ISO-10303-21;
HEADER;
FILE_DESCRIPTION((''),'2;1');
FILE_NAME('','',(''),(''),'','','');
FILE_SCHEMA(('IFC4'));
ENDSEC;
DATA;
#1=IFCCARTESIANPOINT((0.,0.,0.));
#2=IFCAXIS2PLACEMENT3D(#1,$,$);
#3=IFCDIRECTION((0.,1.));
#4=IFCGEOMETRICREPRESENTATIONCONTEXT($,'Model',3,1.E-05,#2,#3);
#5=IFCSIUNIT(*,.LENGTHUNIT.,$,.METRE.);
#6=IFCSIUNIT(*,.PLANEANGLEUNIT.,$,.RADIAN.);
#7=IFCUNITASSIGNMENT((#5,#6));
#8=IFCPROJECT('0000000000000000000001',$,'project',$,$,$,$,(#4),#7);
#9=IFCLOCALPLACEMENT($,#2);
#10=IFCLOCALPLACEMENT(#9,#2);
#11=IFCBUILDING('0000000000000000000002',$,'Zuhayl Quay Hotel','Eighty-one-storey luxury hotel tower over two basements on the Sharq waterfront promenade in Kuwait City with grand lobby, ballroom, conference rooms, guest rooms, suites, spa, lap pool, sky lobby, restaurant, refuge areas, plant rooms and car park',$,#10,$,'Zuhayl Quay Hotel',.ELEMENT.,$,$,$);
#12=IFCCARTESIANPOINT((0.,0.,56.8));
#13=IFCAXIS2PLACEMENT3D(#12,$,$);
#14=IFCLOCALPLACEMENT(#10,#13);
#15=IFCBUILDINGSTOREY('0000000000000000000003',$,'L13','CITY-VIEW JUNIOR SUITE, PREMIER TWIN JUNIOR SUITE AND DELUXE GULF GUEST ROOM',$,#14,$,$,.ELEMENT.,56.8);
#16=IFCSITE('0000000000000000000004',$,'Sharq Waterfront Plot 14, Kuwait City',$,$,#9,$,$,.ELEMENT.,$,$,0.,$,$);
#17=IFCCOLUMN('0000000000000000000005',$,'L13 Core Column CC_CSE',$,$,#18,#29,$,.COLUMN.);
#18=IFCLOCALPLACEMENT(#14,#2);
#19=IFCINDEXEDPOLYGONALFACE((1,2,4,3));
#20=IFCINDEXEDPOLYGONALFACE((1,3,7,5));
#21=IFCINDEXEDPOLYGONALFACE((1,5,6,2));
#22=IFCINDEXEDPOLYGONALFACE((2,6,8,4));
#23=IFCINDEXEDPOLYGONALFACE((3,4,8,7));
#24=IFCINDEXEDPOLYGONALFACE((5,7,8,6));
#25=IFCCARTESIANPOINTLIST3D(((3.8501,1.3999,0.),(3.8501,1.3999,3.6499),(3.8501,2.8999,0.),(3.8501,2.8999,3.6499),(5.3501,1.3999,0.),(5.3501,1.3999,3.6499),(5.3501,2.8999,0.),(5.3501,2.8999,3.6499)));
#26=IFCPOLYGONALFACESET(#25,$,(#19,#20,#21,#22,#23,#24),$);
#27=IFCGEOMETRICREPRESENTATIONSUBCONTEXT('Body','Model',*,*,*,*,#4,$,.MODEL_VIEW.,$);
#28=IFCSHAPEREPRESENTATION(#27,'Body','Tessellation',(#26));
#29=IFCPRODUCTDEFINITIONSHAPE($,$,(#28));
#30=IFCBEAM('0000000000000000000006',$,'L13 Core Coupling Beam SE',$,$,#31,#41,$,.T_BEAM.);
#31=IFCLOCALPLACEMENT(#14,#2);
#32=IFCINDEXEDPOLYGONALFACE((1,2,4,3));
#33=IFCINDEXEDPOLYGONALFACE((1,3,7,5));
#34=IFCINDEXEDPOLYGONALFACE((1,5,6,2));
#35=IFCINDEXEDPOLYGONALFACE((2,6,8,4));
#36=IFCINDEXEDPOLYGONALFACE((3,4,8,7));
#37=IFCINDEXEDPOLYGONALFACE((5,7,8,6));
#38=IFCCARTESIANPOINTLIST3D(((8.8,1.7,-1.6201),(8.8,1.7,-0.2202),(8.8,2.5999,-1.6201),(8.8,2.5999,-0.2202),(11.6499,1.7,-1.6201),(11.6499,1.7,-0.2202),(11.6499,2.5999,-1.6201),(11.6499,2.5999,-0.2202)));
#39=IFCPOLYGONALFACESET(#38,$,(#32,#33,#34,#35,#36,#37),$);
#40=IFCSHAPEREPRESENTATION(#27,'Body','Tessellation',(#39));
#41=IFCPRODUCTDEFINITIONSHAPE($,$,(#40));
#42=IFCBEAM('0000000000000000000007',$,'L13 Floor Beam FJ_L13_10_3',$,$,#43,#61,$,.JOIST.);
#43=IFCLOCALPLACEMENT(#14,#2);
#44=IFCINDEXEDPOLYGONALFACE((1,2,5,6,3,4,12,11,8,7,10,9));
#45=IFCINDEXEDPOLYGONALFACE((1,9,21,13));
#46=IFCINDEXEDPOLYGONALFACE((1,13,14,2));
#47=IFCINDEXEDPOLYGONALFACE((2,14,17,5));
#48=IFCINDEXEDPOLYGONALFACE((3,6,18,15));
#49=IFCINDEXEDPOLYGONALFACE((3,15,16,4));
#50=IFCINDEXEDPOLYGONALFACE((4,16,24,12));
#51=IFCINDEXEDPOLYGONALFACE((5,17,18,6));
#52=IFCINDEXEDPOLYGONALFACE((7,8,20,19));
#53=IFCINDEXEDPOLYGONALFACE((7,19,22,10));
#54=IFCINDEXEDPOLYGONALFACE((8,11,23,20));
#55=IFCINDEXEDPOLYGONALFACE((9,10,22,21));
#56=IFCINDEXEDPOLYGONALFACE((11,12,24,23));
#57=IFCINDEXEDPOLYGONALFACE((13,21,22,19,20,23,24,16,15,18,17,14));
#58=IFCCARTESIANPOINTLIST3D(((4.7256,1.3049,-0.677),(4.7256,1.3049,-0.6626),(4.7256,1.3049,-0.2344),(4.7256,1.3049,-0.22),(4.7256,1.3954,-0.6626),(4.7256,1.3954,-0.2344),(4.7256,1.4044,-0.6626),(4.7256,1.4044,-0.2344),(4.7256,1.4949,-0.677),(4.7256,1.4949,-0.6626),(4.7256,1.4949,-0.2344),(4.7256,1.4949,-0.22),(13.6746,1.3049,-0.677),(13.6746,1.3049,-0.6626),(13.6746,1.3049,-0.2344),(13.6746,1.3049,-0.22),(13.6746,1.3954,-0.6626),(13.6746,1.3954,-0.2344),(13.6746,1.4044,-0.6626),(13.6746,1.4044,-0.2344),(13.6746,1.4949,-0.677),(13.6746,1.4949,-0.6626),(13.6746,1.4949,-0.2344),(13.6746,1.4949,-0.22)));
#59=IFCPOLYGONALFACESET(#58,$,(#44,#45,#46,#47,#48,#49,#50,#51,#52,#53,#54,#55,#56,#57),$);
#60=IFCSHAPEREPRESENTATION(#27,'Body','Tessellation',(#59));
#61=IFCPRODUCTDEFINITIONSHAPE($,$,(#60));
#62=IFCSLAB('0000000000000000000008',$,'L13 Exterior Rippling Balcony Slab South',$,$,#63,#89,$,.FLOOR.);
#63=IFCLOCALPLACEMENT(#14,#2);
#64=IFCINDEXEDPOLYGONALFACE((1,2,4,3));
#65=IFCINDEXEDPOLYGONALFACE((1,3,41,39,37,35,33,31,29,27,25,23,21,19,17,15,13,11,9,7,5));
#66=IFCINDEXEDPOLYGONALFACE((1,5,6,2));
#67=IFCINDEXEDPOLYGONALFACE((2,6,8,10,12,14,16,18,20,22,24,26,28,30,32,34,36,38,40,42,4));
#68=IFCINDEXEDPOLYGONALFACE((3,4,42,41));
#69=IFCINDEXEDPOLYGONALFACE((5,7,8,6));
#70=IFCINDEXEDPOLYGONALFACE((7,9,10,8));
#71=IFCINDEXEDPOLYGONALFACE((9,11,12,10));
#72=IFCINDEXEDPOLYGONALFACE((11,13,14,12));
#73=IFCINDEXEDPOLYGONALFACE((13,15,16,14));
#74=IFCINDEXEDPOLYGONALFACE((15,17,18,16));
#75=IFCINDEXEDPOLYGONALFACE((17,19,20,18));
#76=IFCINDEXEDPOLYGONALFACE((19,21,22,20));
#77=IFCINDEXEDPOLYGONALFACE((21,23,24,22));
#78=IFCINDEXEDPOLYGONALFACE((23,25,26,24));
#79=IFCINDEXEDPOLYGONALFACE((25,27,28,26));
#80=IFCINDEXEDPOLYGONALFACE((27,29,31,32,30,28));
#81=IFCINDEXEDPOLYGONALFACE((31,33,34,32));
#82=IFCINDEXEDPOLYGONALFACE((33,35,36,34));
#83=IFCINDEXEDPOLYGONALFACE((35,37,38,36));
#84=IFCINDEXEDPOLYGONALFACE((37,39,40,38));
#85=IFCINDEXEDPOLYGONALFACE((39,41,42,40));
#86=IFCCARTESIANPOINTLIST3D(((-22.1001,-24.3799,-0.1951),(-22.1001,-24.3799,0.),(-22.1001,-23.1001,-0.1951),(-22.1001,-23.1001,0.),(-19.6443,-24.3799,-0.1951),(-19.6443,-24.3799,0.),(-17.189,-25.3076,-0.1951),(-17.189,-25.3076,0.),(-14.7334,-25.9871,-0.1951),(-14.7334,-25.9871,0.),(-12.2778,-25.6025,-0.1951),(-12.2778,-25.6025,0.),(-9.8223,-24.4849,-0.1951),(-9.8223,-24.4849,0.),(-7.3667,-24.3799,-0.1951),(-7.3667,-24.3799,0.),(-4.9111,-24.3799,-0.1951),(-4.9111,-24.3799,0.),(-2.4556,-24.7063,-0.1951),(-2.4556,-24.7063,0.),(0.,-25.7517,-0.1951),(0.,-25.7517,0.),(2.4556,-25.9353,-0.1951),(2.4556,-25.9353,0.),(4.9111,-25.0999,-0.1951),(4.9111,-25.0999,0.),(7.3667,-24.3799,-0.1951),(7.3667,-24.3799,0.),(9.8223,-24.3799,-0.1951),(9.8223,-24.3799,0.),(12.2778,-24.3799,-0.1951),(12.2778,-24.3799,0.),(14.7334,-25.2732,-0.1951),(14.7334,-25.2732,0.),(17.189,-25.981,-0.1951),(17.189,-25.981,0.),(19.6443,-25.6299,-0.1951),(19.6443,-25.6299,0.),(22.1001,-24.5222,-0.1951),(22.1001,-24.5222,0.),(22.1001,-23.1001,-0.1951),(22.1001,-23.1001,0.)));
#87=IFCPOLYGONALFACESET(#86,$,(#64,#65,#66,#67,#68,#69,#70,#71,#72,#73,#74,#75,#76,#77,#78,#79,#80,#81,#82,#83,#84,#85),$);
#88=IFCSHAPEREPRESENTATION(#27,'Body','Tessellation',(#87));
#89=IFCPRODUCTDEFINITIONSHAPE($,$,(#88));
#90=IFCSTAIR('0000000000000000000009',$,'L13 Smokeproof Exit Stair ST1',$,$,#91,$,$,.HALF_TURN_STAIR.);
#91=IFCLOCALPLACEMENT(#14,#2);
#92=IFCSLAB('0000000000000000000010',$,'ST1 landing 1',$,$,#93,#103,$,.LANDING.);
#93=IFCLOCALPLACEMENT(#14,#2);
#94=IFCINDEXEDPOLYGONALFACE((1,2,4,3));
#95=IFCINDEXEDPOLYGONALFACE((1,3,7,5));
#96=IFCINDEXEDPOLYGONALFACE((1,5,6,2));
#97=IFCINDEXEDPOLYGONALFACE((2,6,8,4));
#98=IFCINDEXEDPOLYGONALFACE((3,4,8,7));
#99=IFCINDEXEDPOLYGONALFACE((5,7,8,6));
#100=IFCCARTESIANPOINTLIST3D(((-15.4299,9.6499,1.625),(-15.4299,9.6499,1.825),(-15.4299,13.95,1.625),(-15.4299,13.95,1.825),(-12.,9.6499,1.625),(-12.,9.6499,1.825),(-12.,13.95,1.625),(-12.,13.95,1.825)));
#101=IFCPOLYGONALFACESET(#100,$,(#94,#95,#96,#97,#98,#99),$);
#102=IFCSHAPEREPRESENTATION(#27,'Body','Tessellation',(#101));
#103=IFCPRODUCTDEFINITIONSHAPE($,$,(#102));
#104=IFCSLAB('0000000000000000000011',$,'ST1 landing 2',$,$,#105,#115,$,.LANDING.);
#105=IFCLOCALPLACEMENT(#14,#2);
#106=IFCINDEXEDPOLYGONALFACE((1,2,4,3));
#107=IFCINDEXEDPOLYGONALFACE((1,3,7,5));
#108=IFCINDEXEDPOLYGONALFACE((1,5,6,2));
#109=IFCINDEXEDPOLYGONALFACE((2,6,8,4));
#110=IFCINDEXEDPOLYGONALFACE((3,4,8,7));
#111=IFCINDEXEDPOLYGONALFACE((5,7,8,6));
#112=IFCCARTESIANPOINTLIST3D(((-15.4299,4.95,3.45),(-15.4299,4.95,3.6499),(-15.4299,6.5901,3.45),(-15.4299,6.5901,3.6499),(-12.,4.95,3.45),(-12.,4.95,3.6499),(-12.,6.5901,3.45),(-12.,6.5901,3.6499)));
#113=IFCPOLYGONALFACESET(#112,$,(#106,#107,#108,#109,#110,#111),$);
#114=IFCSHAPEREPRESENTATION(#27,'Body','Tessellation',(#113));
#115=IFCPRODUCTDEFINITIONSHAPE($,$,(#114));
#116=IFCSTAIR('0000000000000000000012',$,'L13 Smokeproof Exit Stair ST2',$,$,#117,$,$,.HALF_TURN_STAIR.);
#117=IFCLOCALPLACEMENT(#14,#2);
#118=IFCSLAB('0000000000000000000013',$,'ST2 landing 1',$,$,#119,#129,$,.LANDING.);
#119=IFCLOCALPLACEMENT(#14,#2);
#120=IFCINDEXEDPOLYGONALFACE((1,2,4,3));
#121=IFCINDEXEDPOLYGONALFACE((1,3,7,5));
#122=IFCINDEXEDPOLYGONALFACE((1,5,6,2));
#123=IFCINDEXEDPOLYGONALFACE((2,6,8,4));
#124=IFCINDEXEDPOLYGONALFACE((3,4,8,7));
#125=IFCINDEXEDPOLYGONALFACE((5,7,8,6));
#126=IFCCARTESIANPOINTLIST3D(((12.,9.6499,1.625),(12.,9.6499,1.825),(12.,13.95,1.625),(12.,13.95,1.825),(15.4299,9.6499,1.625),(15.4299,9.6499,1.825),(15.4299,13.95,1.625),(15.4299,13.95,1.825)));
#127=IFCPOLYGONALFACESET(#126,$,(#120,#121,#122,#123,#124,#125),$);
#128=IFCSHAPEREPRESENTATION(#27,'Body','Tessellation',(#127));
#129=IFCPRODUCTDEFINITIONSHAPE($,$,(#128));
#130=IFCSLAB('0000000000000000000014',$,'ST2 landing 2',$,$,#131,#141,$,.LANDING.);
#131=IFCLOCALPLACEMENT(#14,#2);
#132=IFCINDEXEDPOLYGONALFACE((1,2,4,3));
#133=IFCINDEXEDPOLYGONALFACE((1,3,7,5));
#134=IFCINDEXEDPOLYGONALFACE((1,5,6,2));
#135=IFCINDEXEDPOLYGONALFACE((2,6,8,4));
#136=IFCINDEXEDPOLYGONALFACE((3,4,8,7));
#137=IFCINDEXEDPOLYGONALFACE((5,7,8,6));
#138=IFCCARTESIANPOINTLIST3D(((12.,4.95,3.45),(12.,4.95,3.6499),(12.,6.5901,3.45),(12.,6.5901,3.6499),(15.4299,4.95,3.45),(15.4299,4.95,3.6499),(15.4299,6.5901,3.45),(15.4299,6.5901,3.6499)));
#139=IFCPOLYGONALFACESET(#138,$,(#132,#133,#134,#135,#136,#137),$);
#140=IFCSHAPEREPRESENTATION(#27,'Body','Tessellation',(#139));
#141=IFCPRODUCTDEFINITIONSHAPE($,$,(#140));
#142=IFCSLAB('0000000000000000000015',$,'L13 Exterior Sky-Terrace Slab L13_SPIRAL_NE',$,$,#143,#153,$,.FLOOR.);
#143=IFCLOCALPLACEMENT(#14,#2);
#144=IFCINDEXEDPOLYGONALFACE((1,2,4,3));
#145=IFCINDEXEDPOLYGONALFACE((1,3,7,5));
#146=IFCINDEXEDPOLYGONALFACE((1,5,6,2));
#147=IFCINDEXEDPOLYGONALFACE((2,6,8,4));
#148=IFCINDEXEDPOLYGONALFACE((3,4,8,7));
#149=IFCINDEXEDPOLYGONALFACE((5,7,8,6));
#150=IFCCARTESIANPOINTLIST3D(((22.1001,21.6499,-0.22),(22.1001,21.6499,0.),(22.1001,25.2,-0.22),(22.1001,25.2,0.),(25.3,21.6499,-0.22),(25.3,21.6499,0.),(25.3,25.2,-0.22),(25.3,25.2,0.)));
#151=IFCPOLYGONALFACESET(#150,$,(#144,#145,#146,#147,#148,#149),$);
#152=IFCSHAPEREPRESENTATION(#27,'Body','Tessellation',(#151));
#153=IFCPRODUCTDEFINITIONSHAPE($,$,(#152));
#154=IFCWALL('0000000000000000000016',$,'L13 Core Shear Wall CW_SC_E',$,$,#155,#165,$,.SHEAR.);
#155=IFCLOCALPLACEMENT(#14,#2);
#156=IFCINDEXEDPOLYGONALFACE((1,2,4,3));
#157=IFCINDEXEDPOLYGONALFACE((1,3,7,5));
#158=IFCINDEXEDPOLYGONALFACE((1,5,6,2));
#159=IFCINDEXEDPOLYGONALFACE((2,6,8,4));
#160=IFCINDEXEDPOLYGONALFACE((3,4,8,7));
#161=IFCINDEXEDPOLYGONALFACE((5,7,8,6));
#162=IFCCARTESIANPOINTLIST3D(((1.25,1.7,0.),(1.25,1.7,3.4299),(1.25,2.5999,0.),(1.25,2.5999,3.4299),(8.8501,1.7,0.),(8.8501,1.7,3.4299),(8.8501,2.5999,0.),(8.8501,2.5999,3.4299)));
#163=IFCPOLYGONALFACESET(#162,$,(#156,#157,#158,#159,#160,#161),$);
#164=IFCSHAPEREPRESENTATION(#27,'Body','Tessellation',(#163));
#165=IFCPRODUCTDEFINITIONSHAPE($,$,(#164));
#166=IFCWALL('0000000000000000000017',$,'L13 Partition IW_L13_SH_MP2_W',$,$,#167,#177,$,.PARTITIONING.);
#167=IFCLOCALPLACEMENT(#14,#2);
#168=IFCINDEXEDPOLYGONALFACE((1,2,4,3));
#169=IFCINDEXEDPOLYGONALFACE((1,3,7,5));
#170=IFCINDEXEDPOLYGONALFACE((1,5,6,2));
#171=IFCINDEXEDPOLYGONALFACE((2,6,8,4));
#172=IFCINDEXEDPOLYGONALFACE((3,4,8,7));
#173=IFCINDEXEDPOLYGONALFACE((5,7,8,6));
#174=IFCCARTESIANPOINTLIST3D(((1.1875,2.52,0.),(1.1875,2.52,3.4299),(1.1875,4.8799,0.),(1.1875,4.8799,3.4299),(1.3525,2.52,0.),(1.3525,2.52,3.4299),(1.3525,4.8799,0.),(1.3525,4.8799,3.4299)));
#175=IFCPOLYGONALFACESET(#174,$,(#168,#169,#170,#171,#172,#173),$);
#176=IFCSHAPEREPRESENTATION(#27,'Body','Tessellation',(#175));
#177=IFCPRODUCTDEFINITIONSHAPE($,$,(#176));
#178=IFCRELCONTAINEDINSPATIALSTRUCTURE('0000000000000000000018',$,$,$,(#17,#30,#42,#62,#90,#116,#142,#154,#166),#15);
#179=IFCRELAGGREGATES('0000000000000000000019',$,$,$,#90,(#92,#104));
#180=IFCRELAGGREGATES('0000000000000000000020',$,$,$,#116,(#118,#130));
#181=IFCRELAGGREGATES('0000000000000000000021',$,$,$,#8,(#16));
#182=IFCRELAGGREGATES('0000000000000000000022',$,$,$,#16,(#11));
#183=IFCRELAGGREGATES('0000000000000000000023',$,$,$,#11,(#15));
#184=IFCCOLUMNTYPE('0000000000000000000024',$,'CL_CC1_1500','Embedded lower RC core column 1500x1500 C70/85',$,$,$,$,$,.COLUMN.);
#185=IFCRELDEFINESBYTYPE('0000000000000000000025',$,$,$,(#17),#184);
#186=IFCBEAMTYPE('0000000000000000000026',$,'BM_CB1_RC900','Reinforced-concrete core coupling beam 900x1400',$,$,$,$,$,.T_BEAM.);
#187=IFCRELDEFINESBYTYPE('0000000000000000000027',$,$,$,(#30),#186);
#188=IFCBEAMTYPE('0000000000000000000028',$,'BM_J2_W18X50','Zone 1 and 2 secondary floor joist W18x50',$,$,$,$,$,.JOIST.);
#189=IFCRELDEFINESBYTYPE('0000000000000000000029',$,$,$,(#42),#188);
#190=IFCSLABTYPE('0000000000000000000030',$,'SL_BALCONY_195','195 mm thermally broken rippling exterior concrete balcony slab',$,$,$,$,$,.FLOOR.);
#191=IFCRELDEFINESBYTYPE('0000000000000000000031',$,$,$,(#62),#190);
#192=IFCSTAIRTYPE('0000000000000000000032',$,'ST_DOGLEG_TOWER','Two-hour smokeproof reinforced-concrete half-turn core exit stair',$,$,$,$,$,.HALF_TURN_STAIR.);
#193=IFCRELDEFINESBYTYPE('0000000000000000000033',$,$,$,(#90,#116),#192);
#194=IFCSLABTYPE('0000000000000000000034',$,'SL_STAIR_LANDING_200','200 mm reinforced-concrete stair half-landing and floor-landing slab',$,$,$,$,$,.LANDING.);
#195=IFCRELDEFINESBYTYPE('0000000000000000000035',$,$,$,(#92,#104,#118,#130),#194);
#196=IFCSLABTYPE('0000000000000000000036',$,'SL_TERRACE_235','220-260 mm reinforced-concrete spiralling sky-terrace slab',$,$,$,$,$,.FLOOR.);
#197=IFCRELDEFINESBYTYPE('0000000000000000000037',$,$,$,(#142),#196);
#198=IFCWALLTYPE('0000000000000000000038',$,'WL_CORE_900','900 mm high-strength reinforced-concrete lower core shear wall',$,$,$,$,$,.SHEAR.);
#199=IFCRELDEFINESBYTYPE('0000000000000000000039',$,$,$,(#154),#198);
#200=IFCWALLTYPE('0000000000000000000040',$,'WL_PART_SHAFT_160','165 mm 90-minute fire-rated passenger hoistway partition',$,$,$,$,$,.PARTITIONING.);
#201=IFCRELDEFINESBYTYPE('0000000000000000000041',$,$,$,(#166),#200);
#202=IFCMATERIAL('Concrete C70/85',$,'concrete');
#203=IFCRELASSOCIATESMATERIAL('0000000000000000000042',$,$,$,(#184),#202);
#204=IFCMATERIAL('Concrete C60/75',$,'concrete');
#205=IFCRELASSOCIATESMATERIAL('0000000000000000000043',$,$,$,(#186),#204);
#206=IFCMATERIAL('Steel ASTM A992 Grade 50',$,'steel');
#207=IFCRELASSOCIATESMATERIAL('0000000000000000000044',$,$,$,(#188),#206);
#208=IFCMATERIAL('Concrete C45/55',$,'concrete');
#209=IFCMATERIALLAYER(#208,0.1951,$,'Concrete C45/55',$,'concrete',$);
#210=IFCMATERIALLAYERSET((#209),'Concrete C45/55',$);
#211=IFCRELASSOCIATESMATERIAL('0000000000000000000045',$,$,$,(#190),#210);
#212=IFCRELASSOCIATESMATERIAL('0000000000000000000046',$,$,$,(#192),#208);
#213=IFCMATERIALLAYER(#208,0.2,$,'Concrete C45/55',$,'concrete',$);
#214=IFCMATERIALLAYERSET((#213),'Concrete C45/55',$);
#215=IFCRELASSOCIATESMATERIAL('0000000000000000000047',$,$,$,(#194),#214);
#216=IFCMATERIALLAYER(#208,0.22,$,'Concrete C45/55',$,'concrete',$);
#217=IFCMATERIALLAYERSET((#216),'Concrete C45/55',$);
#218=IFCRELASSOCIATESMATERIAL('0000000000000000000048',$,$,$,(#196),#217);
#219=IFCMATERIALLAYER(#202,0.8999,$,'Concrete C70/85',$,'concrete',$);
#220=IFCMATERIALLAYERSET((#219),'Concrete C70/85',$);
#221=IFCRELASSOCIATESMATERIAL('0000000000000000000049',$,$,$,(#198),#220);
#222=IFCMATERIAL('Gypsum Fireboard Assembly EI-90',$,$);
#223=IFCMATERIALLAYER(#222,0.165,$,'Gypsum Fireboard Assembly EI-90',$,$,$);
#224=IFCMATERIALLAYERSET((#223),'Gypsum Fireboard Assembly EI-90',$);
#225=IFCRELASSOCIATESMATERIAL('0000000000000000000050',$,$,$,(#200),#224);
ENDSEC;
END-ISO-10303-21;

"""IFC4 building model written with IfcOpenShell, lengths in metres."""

from ifc_helpers import new_model, si_unit, direction, frame, frame_2d, origin, origin_2d, place, context, subcontext, project, spatial, polyline, rectangle, i_section, outline, extrude, material, layer, layer_set, material_profile, profile_set, type_object, element, aggregate, save


model = new_model("IFC4")

# Units and contexts
model_context = context("Model", 3, precision=1e-05, world=origin(), true_north=direction((0.0, 1.0)))
body_context = subcontext(model_context, "Body", "Model", "MODEL_VIEW")
ifc_project = project(units=[si_unit("LENGTHUNIT", "METRE"), si_unit("PLANEANGLEUNIT", "RADIAN")], contexts=[model_context])

# Site, building, storey
site_placement = place(None, origin())
site = spatial("IfcSite", under=ifc_project, at=site_placement, Name="Sharq Waterfront Plot 14, Kuwait City", CompositionType="ELEMENT", RefElevation=0.0)
building_placement = place(site_placement, origin())
building = spatial("IfcBuilding", under=site, at=building_placement, Name="Zuhayl Quay Hotel", Description="Eighty-one-storey luxury hotel tower over two basements on the Sharq waterfront promenade in Kuwait City with grand lobby, ballroom, conference rooms, guest rooms, suites, spa, lap pool, sky lobby, restaurant, refuge areas, plant rooms and car park", LongName="Zuhayl Quay Hotel", CompositionType="ELEMENT")
storey_placement = place(building_placement, frame((0.0, 0.0, 56.8)))
storey = spatial("IfcBuildingStorey", under=building, at=storey_placement, Name="L13", Description="CITY-VIEW JUNIOR SUITE, PREMIER TWIN JUNIOR SUITE AND DELUXE GULF GUEST ROOM", CompositionType="ELEMENT", Elevation=56.8)

# Column
ifc_material_1 = material(Name="Concrete C70/85", Category="concrete")
ifc_material_profile_1 = material_profile(ifc_material_1, rectangle(XDim=1.5, YDim=1.5, at=origin_2d()), Name="RC1500X1500")
ifc_profile_set_1 = profile_set([ifc_material_profile_1], Name="Concrete C70/85")
column_type = type_object("IfcColumnType", Name="CL_CC1_1500", Description="Embedded lower RC core column 1500x1500 C70/85", PredefinedType="COLUMN", material=ifc_profile_set_1)
column_placement = place(storey_placement, frame((4.6001, 2.1499, 0.0), z_axis=(0.0, 0.0, 1.0), x_axis=(1.0, 0.0, 0.0)))
element("IfcColumn", 1, at=column_placement, inside=storey, type_object=column_type, Name="L13 Core Column CC_CSE", PredefinedType="COLUMN", context=body_context, shape_type="SweptSolid", body=[
    extrude(rectangle(XDim=1.5, YDim=1.5, at=origin_2d()), origin(), (0.0, 0.0, 1.0), 3.6499),
])

# Beams
ifc_material_2 = material(Name="Concrete C60/75", Category="concrete")
ifc_material_profile_2 = material_profile(ifc_material_2, rectangle(XDim=0.8999, YDim=1.3999, at=origin_2d()), Name="RC900X1400")
ifc_profile_set_2 = profile_set([ifc_material_profile_2], Name="Concrete C60/75")
beam_type_1 = type_object("IfcBeamType", Name="BM_CB1_RC900", Description="Reinforced-concrete core coupling beam 900x1400", PredefinedType="T_BEAM", material=ifc_profile_set_2)
beam_1_placement = place(storey_placement, frame((8.8, 2.1499, -0.9202), z_axis=(1.0, 0.0, 0.0), x_axis=(0.0, 1.0, 0.0)))
element("IfcBeam", 2, at=beam_1_placement, inside=storey, type_object=beam_type_1, Name="L13 Core Coupling Beam SE", PredefinedType="T_BEAM", context=body_context, shape_type="SweptSolid", body=[
    extrude(rectangle(XDim=0.8999, YDim=1.3999, at=origin_2d()), origin(), (0.0, 0.0, 1.0), 2.8499),
])
ifc_material_3 = material(Name="Steel ASTM A992 Grade 50", Category="steel")
ifc_material_profile_3 = material_profile(ifc_material_3, i_section(OverallWidth=0.1899, OverallDepth=0.457, WebThickness=0.009, FlangeThickness=0.0144, at=origin_2d()), Name="W18X50")
ifc_profile_set_3 = profile_set([ifc_material_profile_3], Name="Steel ASTM A992 Grade 50")
beam_type_2 = type_object("IfcBeamType", Name="BM_J2_W18X50", Description="Zone 1 and 2 secondary floor joist W18x50", PredefinedType="JOIST", material=ifc_profile_set_3)
beam_2_placement = place(storey_placement, frame((4.7256, 1.3999, -0.4485), z_axis=(1.0, 0.0, 0.0), x_axis=(0.0, 1.0, 0.0)))
element("IfcBeam", 3, at=beam_2_placement, inside=storey, type_object=beam_type_2, Name="L13 Floor Beam FJ_L13_10_3", PredefinedType="JOIST", context=body_context, shape_type="SweptSolid", body=[
    extrude(i_section(OverallWidth=0.1899, OverallDepth=0.457, WebThickness=0.009, FlangeThickness=0.0144, at=origin_2d()), origin(), (0.0, 0.0, 1.0), 8.949),
])

# Slab
ifc_material_4 = material(Name="Concrete C45/55", Category="concrete")
ifc_layer_1 = layer(ifc_material_4, 0.1951, Name="Concrete C45/55", Category="concrete")
ifc_layer_set_1 = layer_set([ifc_layer_1], Name="Concrete C45/55")
slab_type_1 = type_object("IfcSlabType", Name="SL_BALCONY_195", Description="195 mm thermally broken rippling exterior concrete balcony slab", PredefinedType="FLOOR", material=ifc_layer_set_1)
slab_1_placement = place(storey_placement, frame((0.0, 0.0, -0.1951)))
element("IfcSlab", 4, at=slab_1_placement, inside=storey, type_object=slab_type_1, Name="L13 Exterior Rippling Balcony Slab South", PredefinedType="FLOOR", context=body_context, shape_type="SweptSolid", body=[
    extrude(outline(polyline([(-22.1001, -24.3799), (-19.6443, -24.3799), (-17.189, -25.3076), (-14.7334, -25.9871), (-12.2778, -25.6025), (-9.8223, -24.4849), (-7.3667, -24.3799), (-4.9111, -24.3799), (-2.4556, -24.7063), (0.0, -25.7517), (2.4556, -25.9353), (4.9111, -25.0999), (7.3667, -24.3799), (9.8223, -24.3799), (12.2778, -24.3799), (14.7334, -25.2732), (17.189, -25.981), (19.6443, -25.6299), (22.1001, -24.5222), (22.1001, -23.1001), (-22.1001, -23.1001), (-22.1001, -24.3799)])), origin(), (0.0, 0.0, 1.0), 0.1951),
])

# Stairs, slabs
stair_type = type_object("IfcStairType", Name="ST_DOGLEG_TOWER", Description="Two-hour smokeproof reinforced-concrete half-turn core exit stair", PredefinedType="HALF_TURN_STAIR", material=ifc_material_4)
stair_1_placement = place(storey_placement, origin())
stair_1 = element("IfcStair", 5, at=stair_1_placement, inside=storey, type_object=stair_type, Name="L13 Smokeproof Exit Stair ST1", PredefinedType="HALF_TURN_STAIR")
ifc_layer_2 = layer(ifc_material_4, 0.2, Name="Concrete C45/55", Category="concrete")
ifc_layer_set_2 = layer_set([ifc_layer_2], Name="Concrete C45/55")
slab_type_2 = type_object("IfcSlabType", Name="SL_STAIR_LANDING_200", Description="200 mm reinforced-concrete stair half-landing and floor-landing slab", PredefinedType="LANDING", material=ifc_layer_set_2)
slab_2_placement = place(storey_placement, frame((0.0, 0.0, 1.625)))
slab_2 = element("IfcSlab", 6, at=slab_2_placement, type_object=slab_type_2, Name="ST1 landing 1", PredefinedType="LANDING", context=body_context, shape_type="SweptSolid", body=[
    extrude(outline(polyline([(-12.0, 9.6499), (-12.0, 13.95), (-15.4299, 13.95), (-15.4299, 9.6499), (-12.0, 9.6499)])), origin(), (0.0, 0.0, 1.0), 0.2),
])
slab_3_placement = place(storey_placement, frame((0.0, 0.0, 3.45)))
slab_3 = element("IfcSlab", 7, at=slab_3_placement, type_object=slab_type_2, Name="ST1 landing 2", PredefinedType="LANDING", context=body_context, shape_type="SweptSolid", body=[
    extrude(outline(polyline([(-12.0, 4.95), (-12.0, 6.5901), (-15.4299, 6.5901), (-15.4299, 4.95), (-12.0, 4.95)])), origin(), (0.0, 0.0, 1.0), 0.2),
])
aggregate(stair_1, [slab_2, slab_3])
stair_2_placement = place(storey_placement, origin())
stair_2 = element("IfcStair", 8, at=stair_2_placement, inside=storey, type_object=stair_type, Name="L13 Smokeproof Exit Stair ST2", PredefinedType="HALF_TURN_STAIR")
slab_4_placement = place(storey_placement, frame((0.0, 0.0, 1.625)))
slab_4 = element("IfcSlab", 9, at=slab_4_placement, type_object=slab_type_2, Name="ST2 landing 1", PredefinedType="LANDING", context=body_context, shape_type="SweptSolid", body=[
    extrude(outline(polyline([(15.4299, 9.6499), (15.4299, 13.95), (12.0, 13.95), (12.0, 9.6499), (15.4299, 9.6499)])), origin(), (0.0, 0.0, 1.0), 0.2),
])
slab_5_placement = place(storey_placement, frame((0.0, 0.0, 3.45)))
slab_5 = element("IfcSlab", 10, at=slab_5_placement, type_object=slab_type_2, Name="ST2 landing 2", PredefinedType="LANDING", context=body_context, shape_type="SweptSolid", body=[
    extrude(outline(polyline([(15.4299, 4.95), (15.4299, 6.5901), (12.0, 6.5901), (12.0, 4.95), (15.4299, 4.95)])), origin(), (0.0, 0.0, 1.0), 0.2),
])
aggregate(stair_2, [slab_4, slab_5])

# Slab
ifc_layer_3 = layer(ifc_material_4, 0.22, Name="Concrete C45/55", Category="concrete")
ifc_layer_set_3 = layer_set([ifc_layer_3], Name="Concrete C45/55")
slab_type_3 = type_object("IfcSlabType", Name="SL_TERRACE_235", Description="220-260 mm reinforced-concrete spiralling sky-terrace slab", PredefinedType="FLOOR", material=ifc_layer_set_3)
slab_6_placement = place(storey_placement, frame((0.0, 0.0, -0.22)))
element("IfcSlab", 11, at=slab_6_placement, inside=storey, type_object=slab_type_3, Name="L13 Exterior Sky-Terrace Slab L13_SPIRAL_NE", PredefinedType="FLOOR", context=body_context, shape_type="SweptSolid", body=[
    extrude(outline(polyline([(22.1001, 21.6499), (25.3, 21.6499), (25.3, 25.2), (22.1001, 25.2), (22.1001, 21.6499)])), origin(), (0.0, 0.0, 1.0), 0.22),
])

# Walls
ifc_layer_4 = layer(ifc_material_1, 0.8999, Name="Concrete C70/85", Category="concrete")
ifc_layer_set_4 = layer_set([ifc_layer_4], Name="Concrete C70/85")
wall_type_1 = type_object("IfcWallType", Name="WL_CORE_900", Description="900 mm high-strength reinforced-concrete lower core shear wall", PredefinedType="SHEAR", material=ifc_layer_set_4)
wall_placement = place(storey_placement, frame((1.25, 2.1499, 0.0), z_axis=(0.0, 0.0, 1.0), x_axis=(1.0, 0.0, 0.0)))
element("IfcWall", 12, at=wall_placement, inside=storey, type_object=wall_type_1, Name="L13 Core Shear Wall CW_SC_E", PredefinedType="SHEAR", context=body_context, shape_type="SweptSolid", body=[
    extrude(rectangle(XDim=7.6001, YDim=0.8999, at=frame_2d((3.8, 0.0))), origin(), (0.0, 0.0, 1.0), 3.4299),
])
ifc_material_5 = material(Name="Gypsum Fireboard Assembly EI-90")
ifc_layer_5 = layer(ifc_material_5, 0.165, Name="Gypsum Fireboard Assembly EI-90")
ifc_layer_set_5 = layer_set([ifc_layer_5], Name="Gypsum Fireboard Assembly EI-90")
wall_type_2 = type_object("IfcWallType", Name="WL_PART_SHAFT_160", Description="165 mm 90-minute fire-rated passenger hoistway partition", PredefinedType="PARTITIONING", material=ifc_layer_set_5)
for number, where, z_axis, x_axis, name in (
    (13, (1.27, 2.52, 0.0), (0.0, 0.0, 1.0), (0.0, 1.0, 0.0), "L13 Partition IW_L13_SH_MP2_W"),
):
    element("IfcWall", number, at=place(storey_placement, frame(where, z_axis=z_axis, x_axis=x_axis)), inside=storey, type_object=wall_type_2, Name=name, PredefinedType="PARTITIONING", context=body_context, shape_type="SweptSolid", body=[
        extrude(rectangle(XDim=2.3599, YDim=0.165, at=frame_2d((1.1799, 0.0))), origin(), (0.0, 0.0, 1.0), 3.4299),
    ])

save(model, "model.ifc")
